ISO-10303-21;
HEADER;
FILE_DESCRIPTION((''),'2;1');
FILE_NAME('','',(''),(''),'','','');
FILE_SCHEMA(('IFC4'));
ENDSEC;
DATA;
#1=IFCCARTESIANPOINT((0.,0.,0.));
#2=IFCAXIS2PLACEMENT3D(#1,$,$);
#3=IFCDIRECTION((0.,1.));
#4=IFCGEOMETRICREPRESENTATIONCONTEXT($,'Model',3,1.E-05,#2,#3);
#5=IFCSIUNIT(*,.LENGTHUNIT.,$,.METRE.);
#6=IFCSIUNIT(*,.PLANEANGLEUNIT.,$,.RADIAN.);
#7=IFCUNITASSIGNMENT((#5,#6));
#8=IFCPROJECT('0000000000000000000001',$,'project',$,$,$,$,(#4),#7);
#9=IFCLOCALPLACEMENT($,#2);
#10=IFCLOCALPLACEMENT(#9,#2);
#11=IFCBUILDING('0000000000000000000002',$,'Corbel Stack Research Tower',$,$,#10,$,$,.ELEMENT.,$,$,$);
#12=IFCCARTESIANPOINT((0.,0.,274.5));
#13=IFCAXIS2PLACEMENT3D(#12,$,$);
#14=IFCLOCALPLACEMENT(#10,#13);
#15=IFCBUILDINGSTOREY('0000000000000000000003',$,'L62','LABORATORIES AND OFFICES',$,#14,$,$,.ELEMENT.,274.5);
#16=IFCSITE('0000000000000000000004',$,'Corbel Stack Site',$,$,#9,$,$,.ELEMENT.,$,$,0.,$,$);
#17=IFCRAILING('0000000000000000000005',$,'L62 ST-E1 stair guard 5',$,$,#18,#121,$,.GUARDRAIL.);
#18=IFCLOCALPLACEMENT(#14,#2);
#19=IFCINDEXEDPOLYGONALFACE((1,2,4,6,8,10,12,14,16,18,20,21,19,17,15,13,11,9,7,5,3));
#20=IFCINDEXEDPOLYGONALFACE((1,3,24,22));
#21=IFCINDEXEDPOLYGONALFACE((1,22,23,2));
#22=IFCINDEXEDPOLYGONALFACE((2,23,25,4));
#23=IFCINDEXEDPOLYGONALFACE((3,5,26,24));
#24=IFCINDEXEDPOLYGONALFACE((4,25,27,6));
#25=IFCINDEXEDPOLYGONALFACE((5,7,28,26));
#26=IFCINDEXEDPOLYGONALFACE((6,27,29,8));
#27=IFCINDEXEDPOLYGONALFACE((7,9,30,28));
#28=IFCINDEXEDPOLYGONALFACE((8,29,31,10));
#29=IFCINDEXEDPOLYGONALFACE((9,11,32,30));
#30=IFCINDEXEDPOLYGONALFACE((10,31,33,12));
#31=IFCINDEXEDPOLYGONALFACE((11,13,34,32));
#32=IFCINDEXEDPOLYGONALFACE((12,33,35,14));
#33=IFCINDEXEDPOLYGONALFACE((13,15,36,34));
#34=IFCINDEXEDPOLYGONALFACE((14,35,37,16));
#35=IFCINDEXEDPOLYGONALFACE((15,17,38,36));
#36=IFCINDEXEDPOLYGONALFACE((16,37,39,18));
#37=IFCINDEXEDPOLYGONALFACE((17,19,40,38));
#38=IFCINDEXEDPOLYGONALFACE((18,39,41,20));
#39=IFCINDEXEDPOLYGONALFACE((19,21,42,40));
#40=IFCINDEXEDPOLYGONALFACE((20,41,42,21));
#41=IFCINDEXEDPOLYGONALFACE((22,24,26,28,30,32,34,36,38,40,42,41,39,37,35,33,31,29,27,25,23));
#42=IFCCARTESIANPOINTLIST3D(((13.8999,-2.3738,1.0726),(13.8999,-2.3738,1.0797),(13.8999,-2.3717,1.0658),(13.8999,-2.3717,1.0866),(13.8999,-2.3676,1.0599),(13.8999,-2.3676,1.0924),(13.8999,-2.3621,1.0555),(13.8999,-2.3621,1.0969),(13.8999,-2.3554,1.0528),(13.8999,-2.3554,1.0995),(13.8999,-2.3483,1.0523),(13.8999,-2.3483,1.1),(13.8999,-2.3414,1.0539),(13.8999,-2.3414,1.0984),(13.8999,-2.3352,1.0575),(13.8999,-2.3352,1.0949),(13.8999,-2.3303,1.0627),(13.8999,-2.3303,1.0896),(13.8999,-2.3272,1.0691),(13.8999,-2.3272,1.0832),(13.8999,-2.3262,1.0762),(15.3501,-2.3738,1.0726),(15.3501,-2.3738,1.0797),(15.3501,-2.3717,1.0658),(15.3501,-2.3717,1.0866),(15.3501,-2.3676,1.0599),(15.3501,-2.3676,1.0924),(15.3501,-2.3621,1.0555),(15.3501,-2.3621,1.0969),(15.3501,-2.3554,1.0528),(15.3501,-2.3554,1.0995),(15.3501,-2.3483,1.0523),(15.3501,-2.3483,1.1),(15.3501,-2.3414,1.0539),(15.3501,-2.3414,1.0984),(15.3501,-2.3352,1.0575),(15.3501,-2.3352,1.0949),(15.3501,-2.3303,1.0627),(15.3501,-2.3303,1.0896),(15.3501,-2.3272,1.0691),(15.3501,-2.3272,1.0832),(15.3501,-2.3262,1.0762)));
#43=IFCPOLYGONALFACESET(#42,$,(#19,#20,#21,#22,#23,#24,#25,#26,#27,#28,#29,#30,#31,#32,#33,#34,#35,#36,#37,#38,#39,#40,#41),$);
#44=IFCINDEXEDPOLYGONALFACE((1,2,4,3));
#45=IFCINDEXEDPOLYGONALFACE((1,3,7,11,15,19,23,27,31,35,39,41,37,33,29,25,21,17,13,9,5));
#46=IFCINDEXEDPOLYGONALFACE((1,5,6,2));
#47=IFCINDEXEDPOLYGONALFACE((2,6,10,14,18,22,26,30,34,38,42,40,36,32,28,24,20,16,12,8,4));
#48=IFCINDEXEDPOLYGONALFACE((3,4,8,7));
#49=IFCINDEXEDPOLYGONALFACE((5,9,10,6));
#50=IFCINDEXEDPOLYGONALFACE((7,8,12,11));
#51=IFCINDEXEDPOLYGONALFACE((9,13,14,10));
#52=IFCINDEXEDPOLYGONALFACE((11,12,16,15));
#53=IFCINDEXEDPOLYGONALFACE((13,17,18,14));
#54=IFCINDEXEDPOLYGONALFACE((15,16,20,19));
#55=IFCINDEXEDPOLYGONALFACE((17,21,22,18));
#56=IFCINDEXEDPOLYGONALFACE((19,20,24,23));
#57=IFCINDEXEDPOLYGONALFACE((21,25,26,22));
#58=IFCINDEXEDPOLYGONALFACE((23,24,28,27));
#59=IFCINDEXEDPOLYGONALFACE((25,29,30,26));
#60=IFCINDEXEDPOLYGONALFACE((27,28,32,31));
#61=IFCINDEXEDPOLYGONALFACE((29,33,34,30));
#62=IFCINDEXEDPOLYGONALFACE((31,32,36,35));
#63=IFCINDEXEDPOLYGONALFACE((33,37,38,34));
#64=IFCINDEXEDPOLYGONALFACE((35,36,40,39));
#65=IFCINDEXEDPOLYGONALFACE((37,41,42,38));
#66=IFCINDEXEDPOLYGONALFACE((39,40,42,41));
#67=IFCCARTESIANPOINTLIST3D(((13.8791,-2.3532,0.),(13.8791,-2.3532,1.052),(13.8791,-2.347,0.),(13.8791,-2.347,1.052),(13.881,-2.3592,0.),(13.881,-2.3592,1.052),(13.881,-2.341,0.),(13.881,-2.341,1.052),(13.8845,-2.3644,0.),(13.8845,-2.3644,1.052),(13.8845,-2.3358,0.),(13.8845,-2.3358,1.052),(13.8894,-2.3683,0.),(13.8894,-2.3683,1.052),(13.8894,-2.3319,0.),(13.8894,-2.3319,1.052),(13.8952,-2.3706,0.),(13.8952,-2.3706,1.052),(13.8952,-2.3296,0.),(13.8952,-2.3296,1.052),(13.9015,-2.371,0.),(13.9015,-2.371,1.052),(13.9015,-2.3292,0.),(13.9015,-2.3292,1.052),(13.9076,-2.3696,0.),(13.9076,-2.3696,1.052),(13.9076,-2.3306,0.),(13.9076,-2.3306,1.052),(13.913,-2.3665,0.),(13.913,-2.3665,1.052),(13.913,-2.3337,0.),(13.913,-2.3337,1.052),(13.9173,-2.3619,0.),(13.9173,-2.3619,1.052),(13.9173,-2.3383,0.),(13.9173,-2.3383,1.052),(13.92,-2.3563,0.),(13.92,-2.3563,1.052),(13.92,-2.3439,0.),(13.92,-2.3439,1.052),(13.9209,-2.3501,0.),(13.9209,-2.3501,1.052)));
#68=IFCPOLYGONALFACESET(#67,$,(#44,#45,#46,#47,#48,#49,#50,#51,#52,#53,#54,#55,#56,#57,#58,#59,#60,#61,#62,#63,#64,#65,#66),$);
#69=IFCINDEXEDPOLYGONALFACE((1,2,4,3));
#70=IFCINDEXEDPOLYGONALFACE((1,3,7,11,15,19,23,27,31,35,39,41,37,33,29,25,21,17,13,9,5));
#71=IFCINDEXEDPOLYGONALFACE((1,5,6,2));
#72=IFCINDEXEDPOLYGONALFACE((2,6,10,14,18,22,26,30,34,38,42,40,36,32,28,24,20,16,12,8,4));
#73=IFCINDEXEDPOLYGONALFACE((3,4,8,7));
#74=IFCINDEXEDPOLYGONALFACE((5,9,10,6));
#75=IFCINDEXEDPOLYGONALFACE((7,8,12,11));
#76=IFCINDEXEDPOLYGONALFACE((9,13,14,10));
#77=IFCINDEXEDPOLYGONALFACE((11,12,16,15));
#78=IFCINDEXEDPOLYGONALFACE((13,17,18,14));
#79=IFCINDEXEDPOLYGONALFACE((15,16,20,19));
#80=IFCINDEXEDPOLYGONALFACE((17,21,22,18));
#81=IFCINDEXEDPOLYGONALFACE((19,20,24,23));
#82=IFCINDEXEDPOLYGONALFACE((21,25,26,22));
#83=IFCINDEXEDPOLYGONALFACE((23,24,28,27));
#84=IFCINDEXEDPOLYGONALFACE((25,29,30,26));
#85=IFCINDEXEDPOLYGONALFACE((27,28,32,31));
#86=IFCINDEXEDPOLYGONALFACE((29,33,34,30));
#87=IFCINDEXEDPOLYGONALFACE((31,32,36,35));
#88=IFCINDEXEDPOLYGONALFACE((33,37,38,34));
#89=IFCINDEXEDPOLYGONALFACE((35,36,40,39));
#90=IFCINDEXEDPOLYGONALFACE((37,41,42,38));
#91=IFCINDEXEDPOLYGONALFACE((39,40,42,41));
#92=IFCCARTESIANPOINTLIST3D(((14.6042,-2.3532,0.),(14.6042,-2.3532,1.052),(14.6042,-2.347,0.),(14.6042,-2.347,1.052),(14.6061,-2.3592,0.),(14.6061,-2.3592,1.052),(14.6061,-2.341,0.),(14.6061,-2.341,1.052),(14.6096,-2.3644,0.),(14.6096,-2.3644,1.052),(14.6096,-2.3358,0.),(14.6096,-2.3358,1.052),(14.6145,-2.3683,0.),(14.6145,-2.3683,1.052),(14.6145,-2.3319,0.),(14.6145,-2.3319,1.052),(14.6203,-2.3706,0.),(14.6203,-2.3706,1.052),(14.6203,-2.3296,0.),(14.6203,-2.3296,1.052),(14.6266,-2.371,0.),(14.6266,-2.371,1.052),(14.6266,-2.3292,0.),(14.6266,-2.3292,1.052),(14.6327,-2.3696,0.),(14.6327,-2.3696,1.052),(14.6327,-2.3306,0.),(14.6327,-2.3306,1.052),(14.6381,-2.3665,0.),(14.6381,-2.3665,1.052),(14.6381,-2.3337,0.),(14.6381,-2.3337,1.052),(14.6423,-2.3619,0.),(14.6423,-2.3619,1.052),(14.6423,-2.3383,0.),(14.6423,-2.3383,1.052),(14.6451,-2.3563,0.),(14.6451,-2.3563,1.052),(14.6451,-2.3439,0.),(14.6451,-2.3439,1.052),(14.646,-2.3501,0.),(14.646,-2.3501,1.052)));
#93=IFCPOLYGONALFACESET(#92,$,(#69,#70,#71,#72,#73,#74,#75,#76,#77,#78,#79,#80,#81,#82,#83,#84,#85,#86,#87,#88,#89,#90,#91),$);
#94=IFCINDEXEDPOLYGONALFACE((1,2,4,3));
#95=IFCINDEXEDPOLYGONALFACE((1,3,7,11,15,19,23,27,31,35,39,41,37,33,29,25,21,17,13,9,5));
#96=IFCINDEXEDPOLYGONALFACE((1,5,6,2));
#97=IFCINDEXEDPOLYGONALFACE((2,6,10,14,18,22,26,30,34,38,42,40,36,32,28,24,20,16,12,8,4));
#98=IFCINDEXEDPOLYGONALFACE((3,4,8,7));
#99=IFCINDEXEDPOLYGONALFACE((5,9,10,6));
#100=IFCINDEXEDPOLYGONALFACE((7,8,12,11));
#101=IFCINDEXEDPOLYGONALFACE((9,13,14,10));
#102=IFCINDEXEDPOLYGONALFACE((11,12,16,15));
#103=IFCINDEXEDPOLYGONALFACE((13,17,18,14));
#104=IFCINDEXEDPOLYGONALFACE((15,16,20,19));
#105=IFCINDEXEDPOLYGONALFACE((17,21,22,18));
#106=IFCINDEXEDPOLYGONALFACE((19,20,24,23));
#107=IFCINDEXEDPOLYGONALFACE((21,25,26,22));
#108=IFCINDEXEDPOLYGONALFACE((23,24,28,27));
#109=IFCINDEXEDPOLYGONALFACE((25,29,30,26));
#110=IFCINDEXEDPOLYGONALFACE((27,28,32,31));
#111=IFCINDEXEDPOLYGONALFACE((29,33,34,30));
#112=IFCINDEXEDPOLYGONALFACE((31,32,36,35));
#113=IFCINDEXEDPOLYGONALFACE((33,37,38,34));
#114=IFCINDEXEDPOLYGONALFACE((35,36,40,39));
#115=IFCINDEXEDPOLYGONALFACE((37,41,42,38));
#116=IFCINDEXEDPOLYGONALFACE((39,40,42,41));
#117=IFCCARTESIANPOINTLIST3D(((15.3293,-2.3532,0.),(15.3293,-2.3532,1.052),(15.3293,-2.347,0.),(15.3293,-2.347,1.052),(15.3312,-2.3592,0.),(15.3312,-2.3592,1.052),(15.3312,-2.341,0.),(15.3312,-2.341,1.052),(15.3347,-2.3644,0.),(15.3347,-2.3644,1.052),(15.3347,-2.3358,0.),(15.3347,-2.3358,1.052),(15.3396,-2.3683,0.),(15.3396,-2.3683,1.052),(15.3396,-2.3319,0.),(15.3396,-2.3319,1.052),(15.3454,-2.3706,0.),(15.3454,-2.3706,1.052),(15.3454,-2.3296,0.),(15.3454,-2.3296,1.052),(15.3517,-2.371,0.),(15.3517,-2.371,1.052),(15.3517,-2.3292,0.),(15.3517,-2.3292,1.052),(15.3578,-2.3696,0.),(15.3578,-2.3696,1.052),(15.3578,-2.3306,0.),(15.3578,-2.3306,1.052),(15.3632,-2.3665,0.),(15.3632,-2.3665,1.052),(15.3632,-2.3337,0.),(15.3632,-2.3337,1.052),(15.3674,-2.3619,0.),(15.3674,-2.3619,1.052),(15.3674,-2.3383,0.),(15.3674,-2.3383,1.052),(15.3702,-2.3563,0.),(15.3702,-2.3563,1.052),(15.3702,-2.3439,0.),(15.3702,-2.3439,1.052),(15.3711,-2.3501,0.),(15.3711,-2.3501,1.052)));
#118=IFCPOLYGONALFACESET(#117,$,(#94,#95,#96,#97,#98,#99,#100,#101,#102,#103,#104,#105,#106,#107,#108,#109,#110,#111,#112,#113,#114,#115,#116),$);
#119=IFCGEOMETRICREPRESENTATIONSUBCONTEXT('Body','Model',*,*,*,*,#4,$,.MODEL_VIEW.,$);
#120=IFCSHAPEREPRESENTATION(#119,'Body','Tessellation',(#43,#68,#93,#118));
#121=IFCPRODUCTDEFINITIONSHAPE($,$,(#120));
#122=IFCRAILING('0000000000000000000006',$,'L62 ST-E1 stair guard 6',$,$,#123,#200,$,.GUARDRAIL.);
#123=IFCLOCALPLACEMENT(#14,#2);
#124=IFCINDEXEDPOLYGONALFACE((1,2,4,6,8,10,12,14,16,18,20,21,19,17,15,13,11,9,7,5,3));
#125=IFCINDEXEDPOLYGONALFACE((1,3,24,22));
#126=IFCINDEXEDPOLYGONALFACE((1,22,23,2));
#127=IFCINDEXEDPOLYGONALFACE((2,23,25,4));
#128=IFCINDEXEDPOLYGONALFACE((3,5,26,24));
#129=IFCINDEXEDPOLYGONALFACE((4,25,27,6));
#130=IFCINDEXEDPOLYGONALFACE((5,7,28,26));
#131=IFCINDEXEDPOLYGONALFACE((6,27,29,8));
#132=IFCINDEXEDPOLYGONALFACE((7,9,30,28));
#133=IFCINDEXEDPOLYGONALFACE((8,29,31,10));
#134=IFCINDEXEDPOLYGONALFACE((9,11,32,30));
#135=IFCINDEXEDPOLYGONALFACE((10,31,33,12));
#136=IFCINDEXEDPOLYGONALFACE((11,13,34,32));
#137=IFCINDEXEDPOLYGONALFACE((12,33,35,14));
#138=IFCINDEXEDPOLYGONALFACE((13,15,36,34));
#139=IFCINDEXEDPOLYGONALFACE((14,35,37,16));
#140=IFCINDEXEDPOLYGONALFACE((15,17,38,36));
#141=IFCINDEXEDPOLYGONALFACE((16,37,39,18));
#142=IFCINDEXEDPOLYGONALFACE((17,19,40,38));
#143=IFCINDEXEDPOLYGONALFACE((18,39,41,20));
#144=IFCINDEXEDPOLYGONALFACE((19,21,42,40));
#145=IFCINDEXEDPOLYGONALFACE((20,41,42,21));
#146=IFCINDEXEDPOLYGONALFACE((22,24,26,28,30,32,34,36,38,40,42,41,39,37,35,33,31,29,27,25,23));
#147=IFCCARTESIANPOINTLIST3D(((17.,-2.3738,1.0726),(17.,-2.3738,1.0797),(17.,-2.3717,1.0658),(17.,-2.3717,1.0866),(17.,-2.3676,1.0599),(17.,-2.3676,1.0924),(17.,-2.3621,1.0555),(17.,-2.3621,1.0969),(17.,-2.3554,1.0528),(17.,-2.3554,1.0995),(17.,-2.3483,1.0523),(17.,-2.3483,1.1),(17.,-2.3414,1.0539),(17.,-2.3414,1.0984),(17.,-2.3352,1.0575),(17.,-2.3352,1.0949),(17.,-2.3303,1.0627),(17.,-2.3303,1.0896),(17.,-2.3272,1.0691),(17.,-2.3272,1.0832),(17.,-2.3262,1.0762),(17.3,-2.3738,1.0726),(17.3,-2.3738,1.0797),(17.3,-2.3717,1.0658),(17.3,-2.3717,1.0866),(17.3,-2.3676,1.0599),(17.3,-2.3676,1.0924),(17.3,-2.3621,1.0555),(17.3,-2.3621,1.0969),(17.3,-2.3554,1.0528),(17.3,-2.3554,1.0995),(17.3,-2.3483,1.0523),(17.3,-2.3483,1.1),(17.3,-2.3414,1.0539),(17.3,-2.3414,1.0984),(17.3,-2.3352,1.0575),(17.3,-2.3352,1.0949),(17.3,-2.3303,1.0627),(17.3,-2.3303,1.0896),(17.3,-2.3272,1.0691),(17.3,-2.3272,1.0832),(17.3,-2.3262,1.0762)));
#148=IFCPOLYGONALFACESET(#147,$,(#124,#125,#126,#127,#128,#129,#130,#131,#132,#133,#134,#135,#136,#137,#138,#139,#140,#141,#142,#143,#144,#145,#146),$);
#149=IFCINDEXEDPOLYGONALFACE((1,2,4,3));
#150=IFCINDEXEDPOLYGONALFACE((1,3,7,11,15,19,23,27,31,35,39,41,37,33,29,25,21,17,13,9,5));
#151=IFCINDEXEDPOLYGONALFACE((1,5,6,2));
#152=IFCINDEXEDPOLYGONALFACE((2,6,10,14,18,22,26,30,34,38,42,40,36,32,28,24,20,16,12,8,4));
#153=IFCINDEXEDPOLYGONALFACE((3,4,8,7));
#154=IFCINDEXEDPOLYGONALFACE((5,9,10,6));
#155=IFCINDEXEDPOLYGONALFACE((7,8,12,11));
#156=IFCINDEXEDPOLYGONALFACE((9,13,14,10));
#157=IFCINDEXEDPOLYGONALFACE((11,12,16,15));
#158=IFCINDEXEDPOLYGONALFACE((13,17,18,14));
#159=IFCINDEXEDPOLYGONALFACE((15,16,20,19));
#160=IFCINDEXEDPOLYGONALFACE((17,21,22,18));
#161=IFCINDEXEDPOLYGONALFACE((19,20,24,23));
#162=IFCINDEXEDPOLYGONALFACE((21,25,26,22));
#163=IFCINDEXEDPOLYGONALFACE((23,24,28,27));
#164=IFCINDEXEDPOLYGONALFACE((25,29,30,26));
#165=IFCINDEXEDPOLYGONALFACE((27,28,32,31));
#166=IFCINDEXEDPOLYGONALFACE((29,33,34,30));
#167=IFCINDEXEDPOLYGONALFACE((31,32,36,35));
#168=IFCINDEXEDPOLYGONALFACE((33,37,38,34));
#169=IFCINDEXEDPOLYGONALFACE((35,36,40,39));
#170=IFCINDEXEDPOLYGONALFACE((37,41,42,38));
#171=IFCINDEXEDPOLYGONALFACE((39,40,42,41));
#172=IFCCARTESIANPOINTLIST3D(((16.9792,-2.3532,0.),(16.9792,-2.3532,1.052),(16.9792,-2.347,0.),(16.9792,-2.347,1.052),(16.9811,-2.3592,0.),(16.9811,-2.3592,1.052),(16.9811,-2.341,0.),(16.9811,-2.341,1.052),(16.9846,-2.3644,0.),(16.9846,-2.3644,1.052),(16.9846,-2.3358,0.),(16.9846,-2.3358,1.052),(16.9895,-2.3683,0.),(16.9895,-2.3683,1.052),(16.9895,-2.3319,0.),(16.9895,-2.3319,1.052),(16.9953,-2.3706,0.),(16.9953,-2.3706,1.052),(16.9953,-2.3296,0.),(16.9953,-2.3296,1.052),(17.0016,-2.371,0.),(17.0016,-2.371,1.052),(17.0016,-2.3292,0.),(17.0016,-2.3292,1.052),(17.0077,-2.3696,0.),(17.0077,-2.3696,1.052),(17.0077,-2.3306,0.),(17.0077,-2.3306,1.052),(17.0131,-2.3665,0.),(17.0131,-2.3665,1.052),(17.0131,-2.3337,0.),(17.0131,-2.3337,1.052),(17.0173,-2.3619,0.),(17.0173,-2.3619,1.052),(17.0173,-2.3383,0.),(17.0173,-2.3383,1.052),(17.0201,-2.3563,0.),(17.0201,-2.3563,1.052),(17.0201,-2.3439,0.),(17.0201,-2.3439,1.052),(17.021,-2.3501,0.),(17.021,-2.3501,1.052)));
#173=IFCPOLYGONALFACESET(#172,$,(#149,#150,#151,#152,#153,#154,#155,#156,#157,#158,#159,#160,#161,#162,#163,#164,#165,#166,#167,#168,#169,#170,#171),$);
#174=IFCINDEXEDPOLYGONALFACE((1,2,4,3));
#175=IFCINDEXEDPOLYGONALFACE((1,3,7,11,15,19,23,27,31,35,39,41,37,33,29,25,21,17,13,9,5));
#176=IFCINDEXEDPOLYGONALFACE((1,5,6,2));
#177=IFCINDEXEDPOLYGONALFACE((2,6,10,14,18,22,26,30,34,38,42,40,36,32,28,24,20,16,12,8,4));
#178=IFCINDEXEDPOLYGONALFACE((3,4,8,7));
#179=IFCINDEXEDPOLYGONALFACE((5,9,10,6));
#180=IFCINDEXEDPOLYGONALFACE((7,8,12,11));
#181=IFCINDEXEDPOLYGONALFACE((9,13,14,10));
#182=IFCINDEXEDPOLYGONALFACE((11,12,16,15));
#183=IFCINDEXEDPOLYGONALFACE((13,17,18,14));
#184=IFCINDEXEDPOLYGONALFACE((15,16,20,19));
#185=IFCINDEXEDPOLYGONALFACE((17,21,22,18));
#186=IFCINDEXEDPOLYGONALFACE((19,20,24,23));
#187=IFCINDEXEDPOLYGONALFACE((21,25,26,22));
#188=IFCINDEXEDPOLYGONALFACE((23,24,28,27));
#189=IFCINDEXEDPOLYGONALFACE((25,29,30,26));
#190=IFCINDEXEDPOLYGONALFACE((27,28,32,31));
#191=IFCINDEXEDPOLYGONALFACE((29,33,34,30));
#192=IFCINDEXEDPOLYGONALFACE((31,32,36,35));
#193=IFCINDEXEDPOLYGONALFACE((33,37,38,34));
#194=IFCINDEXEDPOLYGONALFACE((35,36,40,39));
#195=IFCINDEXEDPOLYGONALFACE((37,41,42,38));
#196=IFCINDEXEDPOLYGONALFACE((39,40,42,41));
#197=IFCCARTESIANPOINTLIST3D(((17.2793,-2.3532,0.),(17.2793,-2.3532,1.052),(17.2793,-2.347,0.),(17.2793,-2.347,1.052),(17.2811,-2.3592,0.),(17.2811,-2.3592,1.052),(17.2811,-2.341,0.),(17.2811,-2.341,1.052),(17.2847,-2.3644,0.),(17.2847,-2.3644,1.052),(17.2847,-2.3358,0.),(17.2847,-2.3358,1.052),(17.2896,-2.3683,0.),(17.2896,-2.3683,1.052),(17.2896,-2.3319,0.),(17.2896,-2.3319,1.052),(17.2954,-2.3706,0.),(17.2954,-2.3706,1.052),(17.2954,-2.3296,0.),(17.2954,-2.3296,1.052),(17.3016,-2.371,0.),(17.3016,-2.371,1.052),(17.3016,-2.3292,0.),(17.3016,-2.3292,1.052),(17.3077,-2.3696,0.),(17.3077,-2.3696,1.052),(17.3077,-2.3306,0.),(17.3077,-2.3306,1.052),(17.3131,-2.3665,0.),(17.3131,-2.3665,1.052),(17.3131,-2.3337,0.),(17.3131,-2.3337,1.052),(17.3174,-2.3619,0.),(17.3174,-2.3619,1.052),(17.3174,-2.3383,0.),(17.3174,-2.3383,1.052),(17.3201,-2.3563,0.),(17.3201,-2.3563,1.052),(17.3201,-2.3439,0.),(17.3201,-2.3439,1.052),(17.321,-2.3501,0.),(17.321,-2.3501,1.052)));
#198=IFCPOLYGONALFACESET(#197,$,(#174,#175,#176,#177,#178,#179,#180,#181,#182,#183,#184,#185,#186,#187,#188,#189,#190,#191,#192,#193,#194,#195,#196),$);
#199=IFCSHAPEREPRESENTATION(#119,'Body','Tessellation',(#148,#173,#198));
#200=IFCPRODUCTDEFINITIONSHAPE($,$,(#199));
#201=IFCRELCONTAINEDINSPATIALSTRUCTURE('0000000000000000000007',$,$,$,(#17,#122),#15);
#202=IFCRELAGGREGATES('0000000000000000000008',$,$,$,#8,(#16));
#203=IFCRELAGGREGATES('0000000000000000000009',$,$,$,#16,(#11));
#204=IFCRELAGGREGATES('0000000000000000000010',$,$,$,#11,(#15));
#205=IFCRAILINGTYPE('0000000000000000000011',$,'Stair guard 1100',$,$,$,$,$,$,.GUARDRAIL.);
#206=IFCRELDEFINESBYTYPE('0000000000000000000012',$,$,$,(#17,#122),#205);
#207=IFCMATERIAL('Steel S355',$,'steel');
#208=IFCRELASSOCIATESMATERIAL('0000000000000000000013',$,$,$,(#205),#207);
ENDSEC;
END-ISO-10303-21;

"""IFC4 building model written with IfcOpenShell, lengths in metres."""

from ifc_helpers import new_model, si_unit, direction, frame, origin, origin_2d, place, context, subcontext, project, spatial, circle, extrude, material, type_object, element, save


model = new_model("IFC4")

# Units and contexts
model_context = context("Model", 3, precision=1e-05, world=origin(), true_north=direction((0.0, 1.0)))
body_context = subcontext(model_context, "Body", "Model", "MODEL_VIEW")
ifc_project = project(units=[si_unit("LENGTHUNIT", "METRE"), si_unit("PLANEANGLEUNIT", "RADIAN")], contexts=[model_context])

# Site, building, storey
site_placement = place(None, origin())
site = spatial("IfcSite", under=ifc_project, at=site_placement, Name="Corbel Stack Site", CompositionType="ELEMENT", RefElevation=0.0)
building_placement = place(site_placement, origin())
building = spatial("IfcBuilding", under=site, at=building_placement, Name="Corbel Stack Research Tower", CompositionType="ELEMENT")
storey_placement = place(building_placement, frame((0.0, 0.0, 274.5)))
storey = spatial("IfcBuildingStorey", under=building, at=storey_placement, Name="L62", Description="LABORATORIES AND OFFICES", CompositionType="ELEMENT", Elevation=274.5)

# Railings
ifc_material_1 = material(Name="Steel S355", Category="steel")
railing_type_1 = type_object("IfcRailingType", Name="Stair guard 1100", PredefinedType="GUARDRAIL", material=ifc_material_1)
railing_1_placement = place(storey_placement, frame((13.8999, -2.3501, 0.0)))
element("IfcRailing", 1, at=railing_1_placement, inside=storey, type_object=railing_type_1, Name="L62 ST-E1 stair guard 5", PredefinedType="GUARDRAIL", context=body_context, shape_type="SweptSolid", body=[
    extrude(circle(Radius=0.0239, at=origin_2d()), frame((0.0, 0.0, 1.0762), z_axis=(1.0, 0.0, 0.0), x_axis=(0.0, 1.0, 0.0)), (0.0, 0.0, 1.0), 1.4502),
    extrude(circle(Radius=0.021, at=origin_2d()), origin(), (0.0, 0.0, 1.0), 1.052),
    extrude(circle(Radius=0.021, at=origin_2d()), frame((0.7251, 0.0, 0.0)), (0.0, 0.0, 1.0), 1.052),
    extrude(circle(Radius=0.021, at=origin_2d()), frame((1.4502, 0.0, 0.0)), (0.0, 0.0, 1.0), 1.052),
])
railing_2_placement = place(storey_placement, frame((17.0, -2.3501, 0.0)))
element("IfcRailing", 2, at=railing_2_placement, inside=storey, type_object=railing_type_1, Name="L62 ST-E1 stair guard 6", PredefinedType="GUARDRAIL", context=body_context, shape_type="SweptSolid", body=[
    extrude(circle(Radius=0.0239, at=origin_2d()), frame((0.0, 0.0, 1.0762), z_axis=(1.0, 0.0, 0.0), x_axis=(0.0, 1.0, 0.0)), (0.0, 0.0, 1.0), 0.3),
    extrude(circle(Radius=0.021, at=origin_2d()), origin(), (0.0, 0.0, 1.0), 1.052),
    extrude(circle(Radius=0.021, at=origin_2d()), frame((0.3, 0.0, 0.0)), (0.0, 0.0, 1.0), 1.052),
])

save(model, "model.ifc")
